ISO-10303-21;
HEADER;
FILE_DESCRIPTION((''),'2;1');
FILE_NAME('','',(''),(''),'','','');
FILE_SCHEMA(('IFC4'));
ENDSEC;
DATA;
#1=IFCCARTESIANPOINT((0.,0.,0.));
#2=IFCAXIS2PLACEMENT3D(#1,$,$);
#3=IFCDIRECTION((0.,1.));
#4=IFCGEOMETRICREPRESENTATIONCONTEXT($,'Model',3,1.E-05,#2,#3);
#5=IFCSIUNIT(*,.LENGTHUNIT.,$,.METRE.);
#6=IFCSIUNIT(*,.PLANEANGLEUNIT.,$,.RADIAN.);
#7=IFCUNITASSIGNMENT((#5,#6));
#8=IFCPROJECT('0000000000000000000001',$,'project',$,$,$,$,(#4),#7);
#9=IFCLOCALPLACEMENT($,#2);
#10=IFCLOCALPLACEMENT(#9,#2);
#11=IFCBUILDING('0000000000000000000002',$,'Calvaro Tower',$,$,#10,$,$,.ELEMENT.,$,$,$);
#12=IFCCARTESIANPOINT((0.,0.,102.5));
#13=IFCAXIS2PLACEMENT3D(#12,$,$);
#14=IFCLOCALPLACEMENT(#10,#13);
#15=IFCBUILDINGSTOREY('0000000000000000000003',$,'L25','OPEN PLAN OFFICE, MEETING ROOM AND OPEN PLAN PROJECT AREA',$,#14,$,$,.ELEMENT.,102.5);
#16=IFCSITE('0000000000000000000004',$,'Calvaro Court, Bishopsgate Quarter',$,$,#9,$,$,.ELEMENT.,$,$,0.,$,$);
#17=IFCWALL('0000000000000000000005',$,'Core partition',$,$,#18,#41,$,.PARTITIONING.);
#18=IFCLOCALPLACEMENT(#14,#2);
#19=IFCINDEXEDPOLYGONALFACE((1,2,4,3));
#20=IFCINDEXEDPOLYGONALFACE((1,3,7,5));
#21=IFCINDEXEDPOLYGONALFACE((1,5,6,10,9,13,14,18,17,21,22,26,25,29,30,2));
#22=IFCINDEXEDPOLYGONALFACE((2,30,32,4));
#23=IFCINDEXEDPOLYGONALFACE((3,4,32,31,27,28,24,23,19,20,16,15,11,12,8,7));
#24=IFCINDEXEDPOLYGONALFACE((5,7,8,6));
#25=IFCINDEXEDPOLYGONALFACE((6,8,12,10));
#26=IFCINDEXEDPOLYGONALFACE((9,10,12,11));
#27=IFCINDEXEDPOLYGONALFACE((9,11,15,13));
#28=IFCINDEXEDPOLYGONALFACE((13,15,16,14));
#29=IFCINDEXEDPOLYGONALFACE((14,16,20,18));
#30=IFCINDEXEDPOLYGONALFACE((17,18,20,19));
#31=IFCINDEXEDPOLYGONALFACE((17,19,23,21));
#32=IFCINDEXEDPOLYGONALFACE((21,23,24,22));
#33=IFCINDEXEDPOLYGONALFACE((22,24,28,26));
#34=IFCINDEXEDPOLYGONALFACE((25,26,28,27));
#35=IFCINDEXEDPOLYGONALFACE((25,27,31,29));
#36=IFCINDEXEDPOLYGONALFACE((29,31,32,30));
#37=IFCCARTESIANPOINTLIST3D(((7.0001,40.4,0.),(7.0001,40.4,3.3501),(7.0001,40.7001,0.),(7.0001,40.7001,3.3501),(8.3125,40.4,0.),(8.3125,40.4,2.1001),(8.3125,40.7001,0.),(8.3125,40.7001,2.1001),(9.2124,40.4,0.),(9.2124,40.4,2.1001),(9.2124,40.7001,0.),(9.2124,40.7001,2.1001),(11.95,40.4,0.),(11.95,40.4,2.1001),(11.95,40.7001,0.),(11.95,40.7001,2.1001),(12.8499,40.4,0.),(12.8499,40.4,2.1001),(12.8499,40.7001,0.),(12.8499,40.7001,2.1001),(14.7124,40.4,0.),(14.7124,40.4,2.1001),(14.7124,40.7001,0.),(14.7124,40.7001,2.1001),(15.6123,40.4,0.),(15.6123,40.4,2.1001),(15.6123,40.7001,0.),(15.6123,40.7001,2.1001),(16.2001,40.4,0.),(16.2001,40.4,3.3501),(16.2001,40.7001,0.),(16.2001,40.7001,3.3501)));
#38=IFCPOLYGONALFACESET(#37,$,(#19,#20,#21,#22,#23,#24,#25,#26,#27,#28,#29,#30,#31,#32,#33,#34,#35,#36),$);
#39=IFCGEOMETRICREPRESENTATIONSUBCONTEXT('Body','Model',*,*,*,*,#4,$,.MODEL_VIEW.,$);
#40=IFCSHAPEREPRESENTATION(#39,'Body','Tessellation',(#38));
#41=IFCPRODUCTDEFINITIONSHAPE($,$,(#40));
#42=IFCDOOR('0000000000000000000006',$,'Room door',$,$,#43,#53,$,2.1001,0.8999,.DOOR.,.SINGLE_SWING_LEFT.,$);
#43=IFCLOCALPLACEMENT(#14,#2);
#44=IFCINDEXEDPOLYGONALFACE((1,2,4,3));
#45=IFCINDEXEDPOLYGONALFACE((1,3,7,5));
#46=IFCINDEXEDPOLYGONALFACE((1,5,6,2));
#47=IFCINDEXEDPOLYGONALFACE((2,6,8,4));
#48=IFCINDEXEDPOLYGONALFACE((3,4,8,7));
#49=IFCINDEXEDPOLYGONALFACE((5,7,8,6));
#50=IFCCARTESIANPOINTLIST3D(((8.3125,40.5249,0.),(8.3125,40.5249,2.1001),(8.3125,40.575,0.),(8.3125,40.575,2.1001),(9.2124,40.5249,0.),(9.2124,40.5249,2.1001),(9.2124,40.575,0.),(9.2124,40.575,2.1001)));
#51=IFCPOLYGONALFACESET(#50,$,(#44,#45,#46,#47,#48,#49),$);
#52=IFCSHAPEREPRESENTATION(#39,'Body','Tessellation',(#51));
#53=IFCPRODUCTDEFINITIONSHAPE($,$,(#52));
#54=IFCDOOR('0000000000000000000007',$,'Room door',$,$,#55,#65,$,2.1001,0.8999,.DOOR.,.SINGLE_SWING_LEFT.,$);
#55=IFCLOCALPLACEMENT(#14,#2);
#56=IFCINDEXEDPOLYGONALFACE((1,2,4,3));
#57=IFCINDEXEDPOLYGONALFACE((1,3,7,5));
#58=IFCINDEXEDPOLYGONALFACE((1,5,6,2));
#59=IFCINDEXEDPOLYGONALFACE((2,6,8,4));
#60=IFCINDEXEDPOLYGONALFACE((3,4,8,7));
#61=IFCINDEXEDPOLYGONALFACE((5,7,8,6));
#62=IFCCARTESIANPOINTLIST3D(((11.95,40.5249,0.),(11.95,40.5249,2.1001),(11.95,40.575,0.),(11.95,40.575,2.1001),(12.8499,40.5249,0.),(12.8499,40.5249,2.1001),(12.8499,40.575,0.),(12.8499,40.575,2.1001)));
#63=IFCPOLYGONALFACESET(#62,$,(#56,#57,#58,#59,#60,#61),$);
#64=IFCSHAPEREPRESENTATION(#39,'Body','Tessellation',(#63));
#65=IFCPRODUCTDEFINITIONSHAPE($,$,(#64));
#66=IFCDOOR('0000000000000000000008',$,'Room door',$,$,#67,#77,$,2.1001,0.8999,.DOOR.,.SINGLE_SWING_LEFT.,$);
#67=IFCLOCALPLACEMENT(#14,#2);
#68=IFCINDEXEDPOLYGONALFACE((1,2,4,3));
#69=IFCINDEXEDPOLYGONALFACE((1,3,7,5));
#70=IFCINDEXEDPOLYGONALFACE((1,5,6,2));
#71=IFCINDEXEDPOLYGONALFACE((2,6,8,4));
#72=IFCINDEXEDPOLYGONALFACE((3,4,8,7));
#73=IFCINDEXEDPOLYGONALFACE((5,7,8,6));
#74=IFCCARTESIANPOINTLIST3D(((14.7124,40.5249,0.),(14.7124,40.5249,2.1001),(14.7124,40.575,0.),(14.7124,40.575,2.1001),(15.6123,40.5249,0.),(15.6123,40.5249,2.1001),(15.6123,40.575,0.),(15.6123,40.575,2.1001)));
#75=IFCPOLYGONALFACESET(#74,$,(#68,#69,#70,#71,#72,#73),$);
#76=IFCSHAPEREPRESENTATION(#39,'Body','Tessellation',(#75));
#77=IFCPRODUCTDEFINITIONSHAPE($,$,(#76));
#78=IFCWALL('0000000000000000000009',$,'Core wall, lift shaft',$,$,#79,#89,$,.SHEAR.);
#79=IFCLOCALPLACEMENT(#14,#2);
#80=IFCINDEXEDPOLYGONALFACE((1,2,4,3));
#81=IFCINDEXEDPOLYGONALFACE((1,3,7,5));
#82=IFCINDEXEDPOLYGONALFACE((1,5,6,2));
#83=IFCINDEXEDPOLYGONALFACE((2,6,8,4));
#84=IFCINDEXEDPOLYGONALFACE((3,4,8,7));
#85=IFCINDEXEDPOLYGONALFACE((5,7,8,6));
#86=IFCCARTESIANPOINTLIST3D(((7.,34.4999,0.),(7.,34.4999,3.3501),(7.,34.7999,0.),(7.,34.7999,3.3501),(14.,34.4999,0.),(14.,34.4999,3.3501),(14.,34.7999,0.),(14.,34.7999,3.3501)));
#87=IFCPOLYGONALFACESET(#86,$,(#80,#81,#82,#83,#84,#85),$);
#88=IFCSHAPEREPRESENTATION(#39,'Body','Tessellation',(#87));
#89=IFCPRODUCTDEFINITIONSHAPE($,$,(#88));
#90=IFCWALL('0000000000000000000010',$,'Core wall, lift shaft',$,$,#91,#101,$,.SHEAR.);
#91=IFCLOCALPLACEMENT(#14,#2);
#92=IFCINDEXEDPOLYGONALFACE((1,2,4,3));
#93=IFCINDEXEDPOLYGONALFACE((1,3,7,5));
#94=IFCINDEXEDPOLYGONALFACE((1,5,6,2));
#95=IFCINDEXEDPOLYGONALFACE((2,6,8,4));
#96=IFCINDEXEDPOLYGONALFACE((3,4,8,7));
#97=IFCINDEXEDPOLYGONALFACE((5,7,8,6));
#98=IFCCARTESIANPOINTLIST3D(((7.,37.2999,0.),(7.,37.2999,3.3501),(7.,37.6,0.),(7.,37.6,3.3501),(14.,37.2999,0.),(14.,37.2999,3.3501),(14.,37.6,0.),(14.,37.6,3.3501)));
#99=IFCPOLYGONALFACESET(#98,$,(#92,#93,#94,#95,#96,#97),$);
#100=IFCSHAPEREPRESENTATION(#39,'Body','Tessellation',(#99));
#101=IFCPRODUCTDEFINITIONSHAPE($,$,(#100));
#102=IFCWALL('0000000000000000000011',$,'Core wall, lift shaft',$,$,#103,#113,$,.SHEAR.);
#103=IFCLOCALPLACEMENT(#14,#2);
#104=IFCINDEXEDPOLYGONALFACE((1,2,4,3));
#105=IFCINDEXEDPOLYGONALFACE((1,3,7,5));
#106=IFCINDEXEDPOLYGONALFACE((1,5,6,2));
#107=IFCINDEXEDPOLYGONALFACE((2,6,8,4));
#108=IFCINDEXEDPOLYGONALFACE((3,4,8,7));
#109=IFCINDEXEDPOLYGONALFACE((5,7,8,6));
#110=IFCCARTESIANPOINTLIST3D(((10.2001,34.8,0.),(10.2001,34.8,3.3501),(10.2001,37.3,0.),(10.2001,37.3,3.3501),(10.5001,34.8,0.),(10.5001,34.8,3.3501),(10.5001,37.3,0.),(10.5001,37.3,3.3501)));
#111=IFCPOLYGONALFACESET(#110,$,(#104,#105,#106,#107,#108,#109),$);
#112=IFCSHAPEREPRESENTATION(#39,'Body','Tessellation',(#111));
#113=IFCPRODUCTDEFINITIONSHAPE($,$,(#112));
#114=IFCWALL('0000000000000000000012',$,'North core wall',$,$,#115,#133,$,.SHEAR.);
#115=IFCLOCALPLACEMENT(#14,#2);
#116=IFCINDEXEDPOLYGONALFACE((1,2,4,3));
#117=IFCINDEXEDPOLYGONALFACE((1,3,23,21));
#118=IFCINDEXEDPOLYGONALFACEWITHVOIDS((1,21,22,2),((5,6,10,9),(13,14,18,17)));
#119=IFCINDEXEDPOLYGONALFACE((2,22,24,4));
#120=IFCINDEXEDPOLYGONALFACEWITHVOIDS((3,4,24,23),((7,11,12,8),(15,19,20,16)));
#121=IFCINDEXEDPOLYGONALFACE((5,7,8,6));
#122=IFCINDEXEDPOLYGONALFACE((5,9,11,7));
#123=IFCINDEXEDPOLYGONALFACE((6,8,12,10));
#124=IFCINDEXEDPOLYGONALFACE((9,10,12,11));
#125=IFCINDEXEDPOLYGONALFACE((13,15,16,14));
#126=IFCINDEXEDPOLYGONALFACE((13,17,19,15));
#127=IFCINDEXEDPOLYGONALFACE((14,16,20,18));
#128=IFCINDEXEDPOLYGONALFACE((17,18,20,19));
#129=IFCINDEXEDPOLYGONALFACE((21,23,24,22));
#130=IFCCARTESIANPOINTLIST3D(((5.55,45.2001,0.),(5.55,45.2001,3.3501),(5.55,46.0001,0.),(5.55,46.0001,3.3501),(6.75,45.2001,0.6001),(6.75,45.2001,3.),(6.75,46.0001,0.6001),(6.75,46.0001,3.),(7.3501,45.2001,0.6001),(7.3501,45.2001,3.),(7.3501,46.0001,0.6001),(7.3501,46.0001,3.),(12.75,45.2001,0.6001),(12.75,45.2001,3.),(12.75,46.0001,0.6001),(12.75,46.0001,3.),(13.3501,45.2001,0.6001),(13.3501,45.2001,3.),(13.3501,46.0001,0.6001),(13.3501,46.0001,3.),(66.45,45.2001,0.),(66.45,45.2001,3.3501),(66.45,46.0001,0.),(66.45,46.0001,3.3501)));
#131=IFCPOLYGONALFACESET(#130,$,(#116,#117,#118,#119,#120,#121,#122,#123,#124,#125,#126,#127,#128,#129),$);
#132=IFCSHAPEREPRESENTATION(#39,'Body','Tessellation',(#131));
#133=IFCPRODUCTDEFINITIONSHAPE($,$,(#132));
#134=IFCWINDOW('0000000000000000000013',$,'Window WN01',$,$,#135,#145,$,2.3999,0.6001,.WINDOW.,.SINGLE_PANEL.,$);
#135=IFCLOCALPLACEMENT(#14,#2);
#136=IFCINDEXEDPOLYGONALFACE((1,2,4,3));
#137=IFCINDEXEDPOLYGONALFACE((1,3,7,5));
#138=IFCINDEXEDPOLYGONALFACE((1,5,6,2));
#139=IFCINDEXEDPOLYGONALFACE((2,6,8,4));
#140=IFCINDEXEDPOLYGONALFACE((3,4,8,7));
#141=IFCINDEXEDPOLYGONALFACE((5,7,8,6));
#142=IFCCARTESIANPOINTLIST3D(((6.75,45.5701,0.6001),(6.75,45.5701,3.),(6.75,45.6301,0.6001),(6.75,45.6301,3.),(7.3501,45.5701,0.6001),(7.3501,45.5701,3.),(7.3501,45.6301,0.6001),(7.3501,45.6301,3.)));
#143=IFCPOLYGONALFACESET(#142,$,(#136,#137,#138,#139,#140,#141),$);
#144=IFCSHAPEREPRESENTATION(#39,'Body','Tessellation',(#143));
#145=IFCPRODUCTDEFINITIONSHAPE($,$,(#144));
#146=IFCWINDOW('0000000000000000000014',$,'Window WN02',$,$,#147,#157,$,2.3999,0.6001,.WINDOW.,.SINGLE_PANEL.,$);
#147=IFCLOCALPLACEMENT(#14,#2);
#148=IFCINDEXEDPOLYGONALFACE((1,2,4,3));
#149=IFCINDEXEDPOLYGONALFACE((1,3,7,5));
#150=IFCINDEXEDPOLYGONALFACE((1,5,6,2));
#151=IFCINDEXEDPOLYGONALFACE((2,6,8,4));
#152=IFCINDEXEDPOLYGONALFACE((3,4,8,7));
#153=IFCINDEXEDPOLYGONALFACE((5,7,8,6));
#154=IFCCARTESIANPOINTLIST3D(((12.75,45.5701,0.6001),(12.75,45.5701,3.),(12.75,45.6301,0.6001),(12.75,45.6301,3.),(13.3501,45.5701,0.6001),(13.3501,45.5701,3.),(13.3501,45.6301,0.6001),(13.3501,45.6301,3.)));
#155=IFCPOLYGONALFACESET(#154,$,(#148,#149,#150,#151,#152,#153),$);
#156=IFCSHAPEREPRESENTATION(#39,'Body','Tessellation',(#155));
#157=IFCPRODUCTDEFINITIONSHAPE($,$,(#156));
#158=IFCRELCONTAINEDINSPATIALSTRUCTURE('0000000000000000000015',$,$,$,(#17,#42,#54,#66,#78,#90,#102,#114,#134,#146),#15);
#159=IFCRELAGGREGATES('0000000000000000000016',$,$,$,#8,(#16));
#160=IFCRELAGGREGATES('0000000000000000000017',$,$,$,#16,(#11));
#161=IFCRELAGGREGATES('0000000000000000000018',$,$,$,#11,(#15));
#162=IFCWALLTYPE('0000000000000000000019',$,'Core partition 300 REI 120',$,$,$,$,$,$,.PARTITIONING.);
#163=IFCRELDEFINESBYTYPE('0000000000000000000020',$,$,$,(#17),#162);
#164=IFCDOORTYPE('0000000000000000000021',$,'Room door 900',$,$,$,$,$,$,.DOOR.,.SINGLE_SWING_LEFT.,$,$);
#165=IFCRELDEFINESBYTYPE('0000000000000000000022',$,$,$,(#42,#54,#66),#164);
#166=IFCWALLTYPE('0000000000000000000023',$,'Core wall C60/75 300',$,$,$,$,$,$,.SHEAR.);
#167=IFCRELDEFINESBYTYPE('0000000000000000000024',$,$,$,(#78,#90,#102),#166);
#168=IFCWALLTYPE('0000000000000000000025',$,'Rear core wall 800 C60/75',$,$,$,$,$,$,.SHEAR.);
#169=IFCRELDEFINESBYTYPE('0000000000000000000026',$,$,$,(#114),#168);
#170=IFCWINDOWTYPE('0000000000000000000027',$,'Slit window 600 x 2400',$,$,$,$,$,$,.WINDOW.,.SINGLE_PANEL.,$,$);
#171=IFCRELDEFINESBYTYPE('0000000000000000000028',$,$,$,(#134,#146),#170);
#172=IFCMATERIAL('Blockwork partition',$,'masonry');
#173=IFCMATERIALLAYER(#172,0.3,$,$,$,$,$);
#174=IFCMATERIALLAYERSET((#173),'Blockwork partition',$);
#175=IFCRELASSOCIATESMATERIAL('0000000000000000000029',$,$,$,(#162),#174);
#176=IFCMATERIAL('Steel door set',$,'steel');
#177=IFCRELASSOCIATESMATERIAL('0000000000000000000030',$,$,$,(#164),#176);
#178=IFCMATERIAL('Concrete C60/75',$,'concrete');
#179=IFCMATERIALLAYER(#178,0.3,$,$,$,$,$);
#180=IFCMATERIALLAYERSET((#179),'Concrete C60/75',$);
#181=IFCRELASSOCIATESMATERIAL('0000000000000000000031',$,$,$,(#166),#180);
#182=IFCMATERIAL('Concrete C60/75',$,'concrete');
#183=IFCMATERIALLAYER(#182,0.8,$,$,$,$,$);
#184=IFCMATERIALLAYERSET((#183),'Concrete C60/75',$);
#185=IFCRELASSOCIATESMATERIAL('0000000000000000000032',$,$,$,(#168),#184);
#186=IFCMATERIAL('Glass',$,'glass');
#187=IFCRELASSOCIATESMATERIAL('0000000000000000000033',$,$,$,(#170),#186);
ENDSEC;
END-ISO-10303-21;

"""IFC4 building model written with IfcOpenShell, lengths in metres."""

from ifc_helpers import new_model, si_unit, direction, frame, frame_2d, origin, place, context, subcontext, project, spatial, rectangle, extrude, material, layer, layer_set, type_object, element, fill, save


model = new_model("IFC4")

# Units and contexts
model_context = context("Model", 3, precision=1e-05, world=origin(), true_north=direction((0.0, 1.0)))
body_context = subcontext(model_context, "Body", "Model", "MODEL_VIEW")
ifc_project = project(units=[si_unit("LENGTHUNIT", "METRE"), si_unit("PLANEANGLEUNIT", "RADIAN")], contexts=[model_context])

# Site, building, storey
site_placement = place(None, origin())
site = spatial("IfcSite", under=ifc_project, at=site_placement, Name="Calvaro Court, Bishopsgate Quarter", CompositionType="ELEMENT", RefElevation=0.0)
building_placement = place(site_placement, origin())
building = spatial("IfcBuilding", under=site, at=building_placement, Name="Calvaro Tower", CompositionType="ELEMENT")
storey_placement = place(building_placement, frame((0.0, 0.0, 102.5)))
storey = spatial("IfcBuildingStorey", under=building, at=storey_placement, Name="L25", Description="OPEN PLAN OFFICE, MEETING ROOM AND OPEN PLAN PROJECT AREA", CompositionType="ELEMENT", Elevation=102.5)

# Wall, openings, doors
ifc_material_1 = material(Name="Blockwork partition", Category="masonry")
ifc_layer_1 = layer(ifc_material_1, 0.3)
ifc_layer_set_1 = layer_set([ifc_layer_1], Name="Blockwork partition")
wall_type_1 = type_object("IfcWallType", Name="Core partition 300 REI 120", PredefinedType="PARTITIONING", material=ifc_layer_set_1)
wall_1_placement = place(storey_placement, frame((7.0, 40.55, 0.0), z_axis=(0.0, 0.0, 1.0), x_axis=(1.0, 0.0, 0.0)))
wall_1 = element("IfcWall", 1, at=wall_1_placement, inside=storey, type_object=wall_type_1, Name="Core partition", PredefinedType="PARTITIONING", context=body_context, shape_type="SweptSolid", body=[
    extrude(rectangle(XDim=9.2, YDim=0.3, at=frame_2d((4.6001, 0.0))), origin(), (0.0, 0.0, 1.0), 3.3501),
])
opening_1_placement = place(wall_1_placement, frame((1.3125, 0.0, 0.0)))
opening_1 = element("IfcOpeningElement", 2, at=opening_1_placement, cuts=wall_1, PredefinedType="OPENING", context=body_context, shape_type="SweptSolid", body=[
    extrude(rectangle(XDim=0.8999, YDim=2.1001, at=frame_2d((0.45, 1.05))), frame((0.0, 0.1599, 0.0), z_axis=(0.0, -1.0, 0.0), x_axis=(1.0, 0.0, 0.0)), (0.0, 0.0, 1.0), 0.3201),
])
opening_2_placement = place(wall_1_placement, frame((4.95, 0.0, 0.0)))
opening_2 = element("IfcOpeningElement", 3, at=opening_2_placement, cuts=wall_1, PredefinedType="OPENING", context=body_context, shape_type="SweptSolid", body=[
    extrude(rectangle(XDim=0.8999, YDim=2.1001, at=frame_2d((0.45, 1.05))), frame((0.0, 0.1599, 0.0), z_axis=(0.0, -1.0, 0.0), x_axis=(1.0, 0.0, 0.0)), (0.0, 0.0, 1.0), 0.3201),
])
opening_3_placement = place(wall_1_placement, frame((7.7124, 0.0, 0.0)))
opening_3 = element("IfcOpeningElement", 4, at=opening_3_placement, cuts=wall_1, PredefinedType="OPENING", context=body_context, shape_type="SweptSolid", body=[
    extrude(rectangle(XDim=0.8999, YDim=2.1001, at=frame_2d((0.45, 1.05))), frame((0.0, 0.1599, 0.0), z_axis=(0.0, -1.0, 0.0), x_axis=(1.0, 0.0, 0.0)), (0.0, 0.0, 1.0), 0.3201),
])
ifc_material_2 = material(Name="Steel door set", Category="steel")
door_type = type_object("IfcDoorType", Name="Room door 900", OperationType="SINGLE_SWING_LEFT", PredefinedType="DOOR", material=ifc_material_2)
door_1_placement = place(opening_1_placement, origin())
door_1 = element("IfcDoor", 5, at=door_1_placement, inside=storey, type_object=door_type, Name="Room door", OperationType="SINGLE_SWING_LEFT", OverallHeight=2.1001, OverallWidth=0.8999, PredefinedType="DOOR", context=body_context, shape_type="SweptSolid", body=[
    extrude(rectangle(XDim=0.8999, YDim=2.1001, at=frame_2d((0.45, 1.05))), frame((0.0, 0.0249, 0.0), z_axis=(0.0, -1.0, 0.0), x_axis=(1.0, 0.0, 0.0)), (0.0, 0.0, 1.0), 0.05),
])
fill(opening_1, door_1)
door_2_placement = place(opening_2_placement, origin())
door_2 = element("IfcDoor", 6, at=door_2_placement, inside=storey, type_object=door_type, Name="Room door", OperationType="SINGLE_SWING_LEFT", OverallHeight=2.1001, OverallWidth=0.8999, PredefinedType="DOOR", context=body_context, shape_type="SweptSolid", body=[
    extrude(rectangle(XDim=0.8999, YDim=2.1001, at=frame_2d((0.45, 1.05))), frame((0.0, 0.0249, 0.0), z_axis=(0.0, -1.0, 0.0), x_axis=(1.0, 0.0, 0.0)), (0.0, 0.0, 1.0), 0.05),
])
fill(opening_2, door_2)
door_3_placement = place(opening_3_placement, origin())
door_3 = element("IfcDoor", 7, at=door_3_placement, inside=storey, type_object=door_type, Name="Room door", OperationType="SINGLE_SWING_LEFT", OverallHeight=2.1001, OverallWidth=0.8999, PredefinedType="DOOR", context=body_context, shape_type="SweptSolid", body=[
    extrude(rectangle(XDim=0.8999, YDim=2.1001, at=frame_2d((0.45, 1.05))), frame((0.0, 0.0249, 0.0), z_axis=(0.0, -1.0, 0.0), x_axis=(1.0, 0.0, 0.0)), (0.0, 0.0, 1.0), 0.05),
])
fill(opening_3, door_3)

# Walls
ifc_material_3 = material(Name="Concrete C60/75", Category="concrete")
ifc_layer_2 = layer(ifc_material_3, 0.3)
ifc_layer_set_2 = layer_set([ifc_layer_2], Name="Concrete C60/75")
wall_type_2 = type_object("IfcWallType", Name="Core wall C60/75 300", PredefinedType="SHEAR", material=ifc_layer_set_2)
for number, where, z_axis, x_axis, name in (
    (8, (7.0, 34.6499, 0.0), (0.0, 0.0, 1.0), (1.0, 0.0, 0.0), "Core wall, lift shaft"),
    (9, (7.0, 37.45, 0.0), (0.0, 0.0, 1.0), (1.0, 0.0, 0.0), "Core wall, lift shaft"),
):
    element("IfcWall", number, at=place(storey_placement, frame(where, z_axis=z_axis, x_axis=x_axis)), inside=storey, type_object=wall_type_2, Name=name, PredefinedType="SHEAR", context=body_context, shape_type="SweptSolid", body=[
        extrude(rectangle(XDim=7.0, YDim=0.3, at=frame_2d((3.5, 0.0))), origin(), (0.0, 0.0, 1.0), 3.3501),
    ])
wall_2_placement = place(storey_placement, frame((10.3501, 34.8, 0.0), z_axis=(0.0, 0.0, 1.0), x_axis=(0.0, 1.0, 0.0)))
element("IfcWall", 10, at=wall_2_placement, inside=storey, type_object=wall_type_2, Name="Core wall, lift shaft", PredefinedType="SHEAR", context=body_context, shape_type="SweptSolid", body=[
    extrude(rectangle(XDim=2.5, YDim=0.3, at=frame_2d((1.25, 0.0))), origin(), (0.0, 0.0, 1.0), 3.3501),
])

# Wall, openings, windows
ifc_material_4 = material(Name="Concrete C60/75", Category="concrete")
ifc_layer_3 = layer(ifc_material_4, 0.8)
ifc_layer_set_3 = layer_set([ifc_layer_3], Name="Concrete C60/75")
wall_type_3 = type_object("IfcWallType", Name="Rear core wall 800 C60/75", PredefinedType="SHEAR", material=ifc_layer_set_3)
wall_3_placement = place(storey_placement, frame((5.55, 45.6001, 0.0), z_axis=(0.0, 0.0, 1.0), x_axis=(1.0, 0.0, 0.0)))
wall_3 = element("IfcWall", 11, at=wall_3_placement, inside=storey, type_object=wall_type_3, Name="North core wall", PredefinedType="SHEAR", context=body_context, shape_type="SweptSolid", body=[
    extrude(rectangle(XDim=60.8999, YDim=0.8, at=frame_2d((30.45, 0.0))), origin(), (0.0, 0.0, 1.0), 3.3501),
])
opening_4_placement = place(wall_3_placement, frame((1.2, 0.0, 0.6001)))
opening_4 = element("IfcOpeningElement", 12, at=opening_4_placement, cuts=wall_3, PredefinedType="OPENING", context=body_context, shape_type="SweptSolid", body=[
    extrude(rectangle(XDim=0.6001, YDim=2.3999, at=frame_2d((0.3, 1.2))), frame((0.0, 0.4099, 0.0), z_axis=(0.0, -1.0, 0.0), x_axis=(1.0, 0.0, 0.0)), (0.0, 0.0, 1.0), 0.8201),
])
opening_5_placement = place(wall_3_placement, frame((7.2, 0.0, 0.6001)))
opening_5 = element("IfcOpeningElement", 13, at=opening_5_placement, cuts=wall_3, PredefinedType="OPENING", context=body_context, shape_type="SweptSolid", body=[
    extrude(rectangle(XDim=0.6001, YDim=2.3999, at=frame_2d((0.3, 1.2))), frame((0.0, 0.4099, 0.0), z_axis=(0.0, -1.0, 0.0), x_axis=(1.0, 0.0, 0.0)), (0.0, 0.0, 1.0), 0.8201),
])
ifc_material_5 = material(Name="Glass", Category="glass")
window_type = type_object("IfcWindowType", Name="Slit window 600 x 2400", PartitioningType="SINGLE_PANEL", PredefinedType="WINDOW", material=ifc_material_5)
window_1_placement = place(opening_4_placement, origin())
window_1 = element("IfcWindow", 14, at=window_1_placement, inside=storey, type_object=window_type, Name="Window WN01", OverallHeight=2.3999, OverallWidth=0.6001, PartitioningType="SINGLE_PANEL", PredefinedType="WINDOW", context=body_context, shape_type="SweptSolid", body=[
    extrude(rectangle(XDim=0.6001, YDim=2.3999, at=frame_2d((0.3, 1.2))), frame((0.0, 0.03, 0.0), z_axis=(0.0, -1.0, 0.0), x_axis=(1.0, 0.0, 0.0)), (0.0, 0.0, 1.0), 0.0601),
])
fill(opening_4, window_1)
window_2_placement = place(opening_5_placement, origin())
window_2 = element("IfcWindow", 15, at=window_2_placement, inside=storey, type_object=window_type, Name="Window WN02", OverallHeight=2.3999, OverallWidth=0.6001, PartitioningType="SINGLE_PANEL", PredefinedType="WINDOW", context=body_context, shape_type="SweptSolid", body=[
    extrude(rectangle(XDim=0.6001, YDim=2.3999, at=frame_2d((0.3, 1.2))), frame((0.0, 0.03, 0.0), z_axis=(0.0, -1.0, 0.0), x_axis=(1.0, 0.0, 0.0)), (0.0, 0.0, 1.0), 0.0601),
])
fill(opening_5, window_2)

save(model, "model.ifc")
